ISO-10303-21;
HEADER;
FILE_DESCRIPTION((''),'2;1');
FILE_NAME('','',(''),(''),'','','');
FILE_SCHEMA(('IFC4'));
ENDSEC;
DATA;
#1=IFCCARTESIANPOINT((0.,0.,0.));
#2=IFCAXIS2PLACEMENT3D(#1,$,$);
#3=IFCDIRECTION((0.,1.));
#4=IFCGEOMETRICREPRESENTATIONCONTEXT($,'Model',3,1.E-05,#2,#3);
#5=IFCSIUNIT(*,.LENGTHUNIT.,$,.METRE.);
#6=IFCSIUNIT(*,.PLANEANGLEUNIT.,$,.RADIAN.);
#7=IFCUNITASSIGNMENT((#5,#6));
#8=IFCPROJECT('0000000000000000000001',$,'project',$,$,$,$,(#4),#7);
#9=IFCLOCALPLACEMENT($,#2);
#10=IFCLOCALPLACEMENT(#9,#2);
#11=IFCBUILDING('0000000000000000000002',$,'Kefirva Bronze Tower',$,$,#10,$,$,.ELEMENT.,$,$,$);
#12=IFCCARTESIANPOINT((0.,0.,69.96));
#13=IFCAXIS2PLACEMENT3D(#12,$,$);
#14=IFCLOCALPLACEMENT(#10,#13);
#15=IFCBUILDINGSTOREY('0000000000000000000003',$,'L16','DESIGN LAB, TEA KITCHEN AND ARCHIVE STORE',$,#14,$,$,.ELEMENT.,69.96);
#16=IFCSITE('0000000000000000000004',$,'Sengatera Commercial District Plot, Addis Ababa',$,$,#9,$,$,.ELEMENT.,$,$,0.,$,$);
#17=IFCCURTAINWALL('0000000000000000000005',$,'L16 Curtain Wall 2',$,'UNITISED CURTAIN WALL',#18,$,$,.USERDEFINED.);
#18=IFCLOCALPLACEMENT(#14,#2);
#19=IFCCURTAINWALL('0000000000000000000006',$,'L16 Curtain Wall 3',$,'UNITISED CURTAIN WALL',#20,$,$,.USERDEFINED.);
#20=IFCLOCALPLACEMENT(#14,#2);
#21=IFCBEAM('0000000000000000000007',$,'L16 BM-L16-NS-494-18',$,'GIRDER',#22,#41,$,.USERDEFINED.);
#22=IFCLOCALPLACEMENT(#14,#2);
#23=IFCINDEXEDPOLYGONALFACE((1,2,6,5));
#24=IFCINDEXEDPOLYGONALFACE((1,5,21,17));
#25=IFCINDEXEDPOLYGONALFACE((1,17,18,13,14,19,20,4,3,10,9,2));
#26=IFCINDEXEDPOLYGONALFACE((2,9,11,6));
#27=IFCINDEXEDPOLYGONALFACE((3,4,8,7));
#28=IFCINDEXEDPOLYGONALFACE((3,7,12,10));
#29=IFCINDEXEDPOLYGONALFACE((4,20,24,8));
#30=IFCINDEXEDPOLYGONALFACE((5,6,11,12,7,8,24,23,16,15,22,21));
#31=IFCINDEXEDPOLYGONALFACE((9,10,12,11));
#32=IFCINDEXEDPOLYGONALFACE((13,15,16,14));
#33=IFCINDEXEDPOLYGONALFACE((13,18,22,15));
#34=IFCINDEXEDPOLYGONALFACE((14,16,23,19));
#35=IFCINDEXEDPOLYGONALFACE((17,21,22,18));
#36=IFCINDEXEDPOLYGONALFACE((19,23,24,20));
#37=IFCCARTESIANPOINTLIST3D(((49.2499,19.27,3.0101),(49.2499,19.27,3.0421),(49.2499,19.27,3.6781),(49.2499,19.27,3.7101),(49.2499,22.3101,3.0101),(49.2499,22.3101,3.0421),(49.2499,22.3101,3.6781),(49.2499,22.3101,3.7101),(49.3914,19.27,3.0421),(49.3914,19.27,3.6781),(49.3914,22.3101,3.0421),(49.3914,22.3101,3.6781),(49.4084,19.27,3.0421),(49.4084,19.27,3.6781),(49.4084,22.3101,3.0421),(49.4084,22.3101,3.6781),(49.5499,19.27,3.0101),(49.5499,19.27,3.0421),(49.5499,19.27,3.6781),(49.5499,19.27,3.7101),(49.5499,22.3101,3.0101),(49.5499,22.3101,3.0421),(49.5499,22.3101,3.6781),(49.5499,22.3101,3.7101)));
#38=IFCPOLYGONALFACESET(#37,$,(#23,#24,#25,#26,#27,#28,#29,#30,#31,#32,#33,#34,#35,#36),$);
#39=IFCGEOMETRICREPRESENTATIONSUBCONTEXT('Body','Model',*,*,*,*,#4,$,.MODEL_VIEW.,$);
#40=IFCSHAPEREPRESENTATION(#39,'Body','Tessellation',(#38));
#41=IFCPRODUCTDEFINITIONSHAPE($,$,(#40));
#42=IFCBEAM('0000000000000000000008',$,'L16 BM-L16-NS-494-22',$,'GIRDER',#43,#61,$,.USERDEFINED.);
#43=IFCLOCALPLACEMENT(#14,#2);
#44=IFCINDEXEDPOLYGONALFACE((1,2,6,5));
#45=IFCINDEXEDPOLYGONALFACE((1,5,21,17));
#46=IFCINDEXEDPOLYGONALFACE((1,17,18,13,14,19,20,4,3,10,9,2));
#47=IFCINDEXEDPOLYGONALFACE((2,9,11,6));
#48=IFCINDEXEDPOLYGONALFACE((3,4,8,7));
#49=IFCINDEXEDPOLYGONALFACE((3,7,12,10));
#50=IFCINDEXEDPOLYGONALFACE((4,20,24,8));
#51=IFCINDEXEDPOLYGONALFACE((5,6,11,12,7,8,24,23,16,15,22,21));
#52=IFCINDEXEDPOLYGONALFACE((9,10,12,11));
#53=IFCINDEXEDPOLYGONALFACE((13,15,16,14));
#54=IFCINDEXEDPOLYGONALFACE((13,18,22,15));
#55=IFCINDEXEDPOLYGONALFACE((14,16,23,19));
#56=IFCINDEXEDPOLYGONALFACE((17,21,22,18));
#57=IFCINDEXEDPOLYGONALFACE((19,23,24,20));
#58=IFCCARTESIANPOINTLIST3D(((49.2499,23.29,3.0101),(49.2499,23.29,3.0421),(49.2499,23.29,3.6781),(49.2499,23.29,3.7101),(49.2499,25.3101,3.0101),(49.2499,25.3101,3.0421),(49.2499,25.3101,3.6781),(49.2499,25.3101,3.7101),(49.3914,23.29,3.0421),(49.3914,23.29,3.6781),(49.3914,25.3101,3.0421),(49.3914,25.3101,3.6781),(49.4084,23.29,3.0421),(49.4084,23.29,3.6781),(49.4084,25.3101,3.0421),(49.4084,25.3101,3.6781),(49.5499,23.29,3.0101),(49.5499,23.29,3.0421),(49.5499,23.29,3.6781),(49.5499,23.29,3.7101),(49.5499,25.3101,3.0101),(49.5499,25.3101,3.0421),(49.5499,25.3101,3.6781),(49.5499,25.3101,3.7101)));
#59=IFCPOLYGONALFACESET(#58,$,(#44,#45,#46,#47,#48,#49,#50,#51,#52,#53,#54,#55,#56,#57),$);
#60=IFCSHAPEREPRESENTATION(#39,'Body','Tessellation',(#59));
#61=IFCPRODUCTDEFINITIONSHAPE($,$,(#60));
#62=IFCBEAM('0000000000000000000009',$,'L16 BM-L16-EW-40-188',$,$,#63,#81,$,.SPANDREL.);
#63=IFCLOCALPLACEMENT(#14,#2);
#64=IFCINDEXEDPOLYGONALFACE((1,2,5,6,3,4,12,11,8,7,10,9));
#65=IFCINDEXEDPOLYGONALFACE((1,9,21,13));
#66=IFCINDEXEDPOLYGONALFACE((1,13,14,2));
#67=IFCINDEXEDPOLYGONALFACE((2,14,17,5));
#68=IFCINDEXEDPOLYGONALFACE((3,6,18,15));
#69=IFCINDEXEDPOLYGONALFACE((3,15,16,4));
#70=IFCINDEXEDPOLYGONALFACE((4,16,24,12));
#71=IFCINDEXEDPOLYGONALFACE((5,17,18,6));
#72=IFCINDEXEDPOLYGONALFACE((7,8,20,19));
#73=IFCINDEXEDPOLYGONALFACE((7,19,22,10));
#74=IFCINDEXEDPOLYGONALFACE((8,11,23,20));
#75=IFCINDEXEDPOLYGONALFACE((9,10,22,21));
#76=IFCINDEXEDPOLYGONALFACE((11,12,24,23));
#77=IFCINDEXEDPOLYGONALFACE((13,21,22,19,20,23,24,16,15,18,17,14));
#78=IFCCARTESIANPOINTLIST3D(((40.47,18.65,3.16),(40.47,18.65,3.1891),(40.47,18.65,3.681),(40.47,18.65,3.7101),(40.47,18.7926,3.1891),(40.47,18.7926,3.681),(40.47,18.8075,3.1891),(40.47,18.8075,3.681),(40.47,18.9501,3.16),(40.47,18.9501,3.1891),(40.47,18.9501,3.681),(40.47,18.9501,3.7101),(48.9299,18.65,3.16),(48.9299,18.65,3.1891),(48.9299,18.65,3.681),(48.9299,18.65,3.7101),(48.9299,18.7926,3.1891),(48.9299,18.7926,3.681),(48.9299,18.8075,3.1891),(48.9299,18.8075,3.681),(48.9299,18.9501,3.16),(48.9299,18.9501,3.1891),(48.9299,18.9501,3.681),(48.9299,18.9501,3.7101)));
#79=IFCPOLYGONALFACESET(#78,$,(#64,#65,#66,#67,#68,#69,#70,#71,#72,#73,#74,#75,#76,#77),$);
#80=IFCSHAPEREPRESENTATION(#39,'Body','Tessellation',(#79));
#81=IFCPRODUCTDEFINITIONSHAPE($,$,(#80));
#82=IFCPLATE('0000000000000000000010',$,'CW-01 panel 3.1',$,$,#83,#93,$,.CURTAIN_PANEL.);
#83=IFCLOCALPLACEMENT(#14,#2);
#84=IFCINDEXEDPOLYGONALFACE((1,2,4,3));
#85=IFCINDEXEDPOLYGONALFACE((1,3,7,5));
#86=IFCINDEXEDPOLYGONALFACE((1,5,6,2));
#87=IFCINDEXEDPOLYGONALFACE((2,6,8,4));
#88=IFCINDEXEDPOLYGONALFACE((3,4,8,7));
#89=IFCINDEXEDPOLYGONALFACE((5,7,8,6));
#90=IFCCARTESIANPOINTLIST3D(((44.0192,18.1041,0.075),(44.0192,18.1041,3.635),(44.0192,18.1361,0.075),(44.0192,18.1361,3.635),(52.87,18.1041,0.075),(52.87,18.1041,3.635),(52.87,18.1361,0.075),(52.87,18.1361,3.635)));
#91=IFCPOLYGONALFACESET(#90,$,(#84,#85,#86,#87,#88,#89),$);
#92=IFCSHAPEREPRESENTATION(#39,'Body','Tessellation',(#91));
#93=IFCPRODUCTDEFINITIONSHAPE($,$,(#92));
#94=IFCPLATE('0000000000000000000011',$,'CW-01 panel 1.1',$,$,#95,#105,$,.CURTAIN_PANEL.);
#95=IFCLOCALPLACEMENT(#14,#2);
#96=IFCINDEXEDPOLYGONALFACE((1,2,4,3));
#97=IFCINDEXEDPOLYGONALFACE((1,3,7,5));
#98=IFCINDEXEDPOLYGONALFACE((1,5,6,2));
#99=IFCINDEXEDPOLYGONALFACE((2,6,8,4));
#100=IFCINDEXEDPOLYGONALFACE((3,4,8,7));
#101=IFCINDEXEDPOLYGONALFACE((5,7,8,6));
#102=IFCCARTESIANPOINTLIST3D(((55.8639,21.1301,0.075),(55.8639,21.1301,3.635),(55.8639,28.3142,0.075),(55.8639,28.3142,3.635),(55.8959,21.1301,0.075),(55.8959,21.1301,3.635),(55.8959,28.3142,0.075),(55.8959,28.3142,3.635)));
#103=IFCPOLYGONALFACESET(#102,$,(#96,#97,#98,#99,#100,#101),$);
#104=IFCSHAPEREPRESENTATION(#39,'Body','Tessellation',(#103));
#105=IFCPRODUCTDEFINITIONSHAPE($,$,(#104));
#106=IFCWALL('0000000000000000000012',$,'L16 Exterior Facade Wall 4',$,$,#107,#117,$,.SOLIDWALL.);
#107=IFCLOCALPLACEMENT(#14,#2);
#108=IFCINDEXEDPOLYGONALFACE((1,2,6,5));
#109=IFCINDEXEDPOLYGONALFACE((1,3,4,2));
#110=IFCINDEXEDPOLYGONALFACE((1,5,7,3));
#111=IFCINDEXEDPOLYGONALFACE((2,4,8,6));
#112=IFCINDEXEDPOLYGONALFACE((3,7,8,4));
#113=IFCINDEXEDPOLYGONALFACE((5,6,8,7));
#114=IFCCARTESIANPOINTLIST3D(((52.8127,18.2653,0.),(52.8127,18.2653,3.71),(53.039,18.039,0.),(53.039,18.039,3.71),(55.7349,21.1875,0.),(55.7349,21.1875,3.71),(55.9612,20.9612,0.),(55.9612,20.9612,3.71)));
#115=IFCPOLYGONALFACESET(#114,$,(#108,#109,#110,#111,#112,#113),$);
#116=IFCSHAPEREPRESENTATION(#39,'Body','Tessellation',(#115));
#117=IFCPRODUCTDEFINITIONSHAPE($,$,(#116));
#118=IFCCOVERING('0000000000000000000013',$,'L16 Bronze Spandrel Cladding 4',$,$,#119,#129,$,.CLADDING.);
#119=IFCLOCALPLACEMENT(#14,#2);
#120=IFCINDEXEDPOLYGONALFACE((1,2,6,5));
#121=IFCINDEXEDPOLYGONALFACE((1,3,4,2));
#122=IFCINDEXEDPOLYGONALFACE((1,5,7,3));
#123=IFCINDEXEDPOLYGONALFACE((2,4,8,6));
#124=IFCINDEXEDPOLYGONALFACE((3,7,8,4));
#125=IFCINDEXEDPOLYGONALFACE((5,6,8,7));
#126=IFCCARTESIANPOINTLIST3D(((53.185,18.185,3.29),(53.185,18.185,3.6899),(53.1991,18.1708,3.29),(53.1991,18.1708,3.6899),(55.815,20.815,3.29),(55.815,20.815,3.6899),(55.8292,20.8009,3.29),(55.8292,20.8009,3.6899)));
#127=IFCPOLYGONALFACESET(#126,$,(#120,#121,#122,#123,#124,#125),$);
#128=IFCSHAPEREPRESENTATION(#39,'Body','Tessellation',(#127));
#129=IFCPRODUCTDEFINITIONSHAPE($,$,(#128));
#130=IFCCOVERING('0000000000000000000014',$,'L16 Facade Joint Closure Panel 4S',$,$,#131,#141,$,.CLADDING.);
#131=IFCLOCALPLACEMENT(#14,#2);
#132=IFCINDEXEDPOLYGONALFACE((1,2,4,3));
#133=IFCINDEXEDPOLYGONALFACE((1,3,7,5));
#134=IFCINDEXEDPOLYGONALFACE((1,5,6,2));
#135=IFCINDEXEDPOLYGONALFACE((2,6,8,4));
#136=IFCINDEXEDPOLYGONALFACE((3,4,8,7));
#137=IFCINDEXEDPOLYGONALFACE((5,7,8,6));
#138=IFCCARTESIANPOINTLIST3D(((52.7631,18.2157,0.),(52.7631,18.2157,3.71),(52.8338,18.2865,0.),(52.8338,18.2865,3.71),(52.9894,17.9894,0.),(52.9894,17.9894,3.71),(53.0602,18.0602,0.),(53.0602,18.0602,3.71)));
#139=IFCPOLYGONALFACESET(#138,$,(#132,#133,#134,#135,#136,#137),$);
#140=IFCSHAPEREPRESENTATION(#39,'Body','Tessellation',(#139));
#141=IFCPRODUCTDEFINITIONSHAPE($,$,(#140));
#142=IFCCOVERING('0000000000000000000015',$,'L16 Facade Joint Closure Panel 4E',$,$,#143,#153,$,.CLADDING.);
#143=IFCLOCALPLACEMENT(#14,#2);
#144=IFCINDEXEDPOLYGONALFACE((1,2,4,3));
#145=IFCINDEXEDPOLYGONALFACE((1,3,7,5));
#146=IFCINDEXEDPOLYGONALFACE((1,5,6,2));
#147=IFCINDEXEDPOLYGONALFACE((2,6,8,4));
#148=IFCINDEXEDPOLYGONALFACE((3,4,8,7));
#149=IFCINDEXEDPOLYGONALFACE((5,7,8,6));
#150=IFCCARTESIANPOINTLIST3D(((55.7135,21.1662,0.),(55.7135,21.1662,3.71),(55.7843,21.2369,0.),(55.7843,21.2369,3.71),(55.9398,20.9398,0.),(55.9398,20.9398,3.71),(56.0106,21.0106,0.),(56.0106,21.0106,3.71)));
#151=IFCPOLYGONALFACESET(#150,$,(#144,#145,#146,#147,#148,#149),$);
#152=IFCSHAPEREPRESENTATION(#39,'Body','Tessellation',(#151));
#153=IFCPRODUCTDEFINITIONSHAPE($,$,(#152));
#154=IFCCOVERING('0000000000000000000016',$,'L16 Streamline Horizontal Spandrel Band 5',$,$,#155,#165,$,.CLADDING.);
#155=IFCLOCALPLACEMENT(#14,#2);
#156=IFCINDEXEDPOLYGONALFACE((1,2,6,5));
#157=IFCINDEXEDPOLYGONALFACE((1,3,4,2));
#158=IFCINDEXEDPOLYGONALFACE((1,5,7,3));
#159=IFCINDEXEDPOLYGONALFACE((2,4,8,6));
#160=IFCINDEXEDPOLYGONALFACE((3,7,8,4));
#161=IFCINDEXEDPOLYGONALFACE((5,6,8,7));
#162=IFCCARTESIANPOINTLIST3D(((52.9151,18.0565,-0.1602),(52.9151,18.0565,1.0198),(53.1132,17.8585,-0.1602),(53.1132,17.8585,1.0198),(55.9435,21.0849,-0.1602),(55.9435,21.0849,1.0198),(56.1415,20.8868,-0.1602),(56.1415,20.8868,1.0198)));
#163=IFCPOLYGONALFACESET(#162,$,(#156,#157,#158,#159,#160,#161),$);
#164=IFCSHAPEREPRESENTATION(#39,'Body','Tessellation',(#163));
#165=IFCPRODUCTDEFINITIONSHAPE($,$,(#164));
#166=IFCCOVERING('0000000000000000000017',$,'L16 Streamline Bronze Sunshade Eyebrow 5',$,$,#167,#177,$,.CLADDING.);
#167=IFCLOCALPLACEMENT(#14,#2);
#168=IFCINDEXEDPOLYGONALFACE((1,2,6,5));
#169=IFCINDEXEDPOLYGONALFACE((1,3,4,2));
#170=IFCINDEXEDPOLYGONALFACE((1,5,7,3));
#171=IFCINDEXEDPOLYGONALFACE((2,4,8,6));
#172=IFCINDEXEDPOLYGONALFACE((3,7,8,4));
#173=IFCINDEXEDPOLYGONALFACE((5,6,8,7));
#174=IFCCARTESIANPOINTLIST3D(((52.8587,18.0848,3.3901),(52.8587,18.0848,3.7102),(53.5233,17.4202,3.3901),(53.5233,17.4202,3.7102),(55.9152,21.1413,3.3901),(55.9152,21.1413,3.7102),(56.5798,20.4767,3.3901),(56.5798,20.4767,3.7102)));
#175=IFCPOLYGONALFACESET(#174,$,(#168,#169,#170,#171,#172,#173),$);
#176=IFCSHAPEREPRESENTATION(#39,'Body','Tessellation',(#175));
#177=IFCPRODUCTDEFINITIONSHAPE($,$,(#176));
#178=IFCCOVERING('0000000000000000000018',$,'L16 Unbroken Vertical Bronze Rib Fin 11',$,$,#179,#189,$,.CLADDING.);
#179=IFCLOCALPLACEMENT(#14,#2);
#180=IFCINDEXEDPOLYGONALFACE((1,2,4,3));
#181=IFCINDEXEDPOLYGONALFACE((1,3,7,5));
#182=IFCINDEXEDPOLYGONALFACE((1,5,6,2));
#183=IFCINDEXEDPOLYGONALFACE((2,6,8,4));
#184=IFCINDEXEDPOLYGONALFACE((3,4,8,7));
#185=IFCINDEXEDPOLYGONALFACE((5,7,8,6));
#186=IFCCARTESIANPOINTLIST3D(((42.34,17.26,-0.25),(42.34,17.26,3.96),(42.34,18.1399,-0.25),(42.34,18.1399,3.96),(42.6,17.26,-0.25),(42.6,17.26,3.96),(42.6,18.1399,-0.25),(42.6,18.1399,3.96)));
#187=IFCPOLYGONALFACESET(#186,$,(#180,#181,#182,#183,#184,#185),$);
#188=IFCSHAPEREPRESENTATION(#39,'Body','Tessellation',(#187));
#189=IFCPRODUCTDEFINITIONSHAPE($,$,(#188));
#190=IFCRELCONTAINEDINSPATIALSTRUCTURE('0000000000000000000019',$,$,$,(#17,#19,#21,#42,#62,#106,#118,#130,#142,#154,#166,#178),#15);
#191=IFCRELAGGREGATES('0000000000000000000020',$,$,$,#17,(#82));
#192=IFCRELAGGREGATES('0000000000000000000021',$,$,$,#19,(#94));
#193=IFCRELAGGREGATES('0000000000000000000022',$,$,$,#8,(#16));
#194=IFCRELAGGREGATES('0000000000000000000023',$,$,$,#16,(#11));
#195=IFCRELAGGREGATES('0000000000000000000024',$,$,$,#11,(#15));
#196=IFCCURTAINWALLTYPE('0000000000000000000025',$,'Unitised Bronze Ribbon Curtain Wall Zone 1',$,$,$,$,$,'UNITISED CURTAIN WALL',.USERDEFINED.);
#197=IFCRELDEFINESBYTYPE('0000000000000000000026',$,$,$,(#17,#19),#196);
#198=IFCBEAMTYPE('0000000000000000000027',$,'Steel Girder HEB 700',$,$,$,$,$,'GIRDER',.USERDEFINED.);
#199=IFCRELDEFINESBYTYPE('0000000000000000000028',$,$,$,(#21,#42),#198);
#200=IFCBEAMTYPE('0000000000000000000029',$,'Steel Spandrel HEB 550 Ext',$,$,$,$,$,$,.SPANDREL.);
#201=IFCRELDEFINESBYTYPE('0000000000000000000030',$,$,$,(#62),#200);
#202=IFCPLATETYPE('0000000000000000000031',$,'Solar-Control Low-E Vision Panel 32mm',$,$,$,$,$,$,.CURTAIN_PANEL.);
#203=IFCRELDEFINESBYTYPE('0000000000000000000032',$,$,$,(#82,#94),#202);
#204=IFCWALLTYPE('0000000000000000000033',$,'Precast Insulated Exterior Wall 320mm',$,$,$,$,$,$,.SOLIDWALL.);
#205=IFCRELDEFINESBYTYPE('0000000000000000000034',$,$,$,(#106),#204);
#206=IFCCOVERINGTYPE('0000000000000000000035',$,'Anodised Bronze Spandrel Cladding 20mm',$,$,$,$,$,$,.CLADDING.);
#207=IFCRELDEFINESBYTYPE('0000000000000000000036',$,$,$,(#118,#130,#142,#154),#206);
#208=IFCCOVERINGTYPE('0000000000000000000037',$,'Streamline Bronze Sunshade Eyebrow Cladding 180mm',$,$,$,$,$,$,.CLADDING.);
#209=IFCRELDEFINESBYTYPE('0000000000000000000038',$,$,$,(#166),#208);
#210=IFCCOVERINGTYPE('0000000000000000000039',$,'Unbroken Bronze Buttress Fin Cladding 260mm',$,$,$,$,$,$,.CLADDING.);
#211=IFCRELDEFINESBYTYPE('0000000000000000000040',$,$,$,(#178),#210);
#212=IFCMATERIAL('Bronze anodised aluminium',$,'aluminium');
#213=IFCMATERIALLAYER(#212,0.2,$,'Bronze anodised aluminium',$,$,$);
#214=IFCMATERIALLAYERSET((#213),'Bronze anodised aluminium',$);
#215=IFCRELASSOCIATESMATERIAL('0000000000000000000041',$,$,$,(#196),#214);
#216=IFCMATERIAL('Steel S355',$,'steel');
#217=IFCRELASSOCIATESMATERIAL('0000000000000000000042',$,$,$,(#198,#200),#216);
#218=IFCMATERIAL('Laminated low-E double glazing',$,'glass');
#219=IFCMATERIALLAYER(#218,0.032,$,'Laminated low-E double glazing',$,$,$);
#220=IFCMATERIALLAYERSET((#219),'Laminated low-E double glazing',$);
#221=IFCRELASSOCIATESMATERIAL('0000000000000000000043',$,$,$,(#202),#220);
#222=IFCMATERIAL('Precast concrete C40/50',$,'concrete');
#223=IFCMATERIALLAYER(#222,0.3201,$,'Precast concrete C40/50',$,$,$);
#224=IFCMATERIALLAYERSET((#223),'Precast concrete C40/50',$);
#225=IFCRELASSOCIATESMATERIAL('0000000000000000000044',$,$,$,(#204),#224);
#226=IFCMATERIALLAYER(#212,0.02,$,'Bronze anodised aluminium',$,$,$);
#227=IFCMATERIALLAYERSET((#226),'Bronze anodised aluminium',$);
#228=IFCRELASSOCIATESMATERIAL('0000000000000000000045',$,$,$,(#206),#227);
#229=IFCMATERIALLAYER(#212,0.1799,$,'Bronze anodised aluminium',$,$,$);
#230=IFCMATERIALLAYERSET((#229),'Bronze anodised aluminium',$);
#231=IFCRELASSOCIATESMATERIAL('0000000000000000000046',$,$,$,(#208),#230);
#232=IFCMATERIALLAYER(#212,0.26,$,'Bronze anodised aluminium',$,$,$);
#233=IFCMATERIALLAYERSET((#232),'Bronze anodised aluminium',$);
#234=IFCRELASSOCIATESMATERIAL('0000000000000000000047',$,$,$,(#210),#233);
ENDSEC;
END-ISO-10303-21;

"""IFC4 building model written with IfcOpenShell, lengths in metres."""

from ifc_helpers import new_model, si_unit, direction, frame, frame_2d, origin, origin_2d, place, context, subcontext, project, spatial, rectangle, i_section, extrude, material, layer, layer_set, material_profile, profile_set, type_object, element, aggregate, save


model = new_model("IFC4")

# Units and contexts
model_context = context("Model", 3, precision=1e-05, world=origin(), true_north=direction((0.0, 1.0)))
body_context = subcontext(model_context, "Body", "Model", "MODEL_VIEW")
ifc_project = project(units=[si_unit("LENGTHUNIT", "METRE"), si_unit("PLANEANGLEUNIT", "RADIAN")], contexts=[model_context])

# Site, building, storey
site_placement = place(None, origin())
site = spatial("IfcSite", under=ifc_project, at=site_placement, Name="Sengatera Commercial District Plot, Addis Ababa", CompositionType="ELEMENT", RefElevation=0.0)
building_placement = place(site_placement, origin())
building = spatial("IfcBuilding", under=site, at=building_placement, Name="Kefirva Bronze Tower", CompositionType="ELEMENT")
storey_placement = place(building_placement, frame((0.0, 0.0, 69.96)))
storey = spatial("IfcBuildingStorey", under=building, at=storey_placement, Name="L16", Description="DESIGN LAB, TEA KITCHEN AND ARCHIVE STORE", CompositionType="ELEMENT", Elevation=69.96)

# Curtain wall
ifc_material_1 = material(Name="Bronze anodised aluminium", Category="aluminium")
ifc_layer_1 = layer(ifc_material_1, 0.2, Name="Bronze anodised aluminium")
ifc_layer_set_1 = layer_set([ifc_layer_1], Name="Bronze anodised aluminium")
curtain_wall_type = type_object("IfcCurtainWallType", Name="Unitised Bronze Ribbon Curtain Wall Zone 1", ElementType="UNITISED CURTAIN WALL", PredefinedType="USERDEFINED", material=ifc_layer_set_1)
curtain_wall_1_placement = place(storey_placement, origin())
curtain_wall_1 = element("IfcCurtainWall", 1, at=curtain_wall_1_placement, inside=storey, type_object=curtain_wall_type, Name="L16 Curtain Wall 2", ObjectType="UNITISED CURTAIN WALL", PredefinedType="USERDEFINED")

# Curtain wall
curtain_wall_2_placement = place(storey_placement, origin())
curtain_wall_2 = element("IfcCurtainWall", 2, at=curtain_wall_2_placement, inside=storey, type_object=curtain_wall_type, Name="L16 Curtain Wall 3", ObjectType="UNITISED CURTAIN WALL", PredefinedType="USERDEFINED")

# Beams
ifc_material_2 = material(Name="Steel S355", Category="steel")
ifc_material_profile_1 = material_profile(ifc_material_2, i_section(OverallWidth=0.3, OverallDepth=0.7, WebThickness=0.0171, FlangeThickness=0.032, at=origin_2d()), Name="HEB 700")
ifc_profile_set_1 = profile_set([ifc_material_profile_1], Name="Steel S355")
beam_type_1 = type_object("IfcBeamType", Name="Steel Girder HEB 700", ElementType="GIRDER", PredefinedType="USERDEFINED", material=ifc_profile_set_1)
beam_1_placement = place(storey_placement, frame((49.3999, 19.27, 3.3601), z_axis=(0.0, 1.0, 0.0), x_axis=(-1.0, 0.0, 0.0)))
element("IfcBeam", 3, at=beam_1_placement, inside=storey, type_object=beam_type_1, Name="L16 BM-L16-NS-494-18", ObjectType="GIRDER", PredefinedType="USERDEFINED", context=body_context, shape_type="SweptSolid", body=[
    extrude(i_section(OverallWidth=0.3, OverallDepth=0.7, WebThickness=0.0171, FlangeThickness=0.032, at=origin_2d()), origin(), (0.0, 0.0, 1.0), 3.04),
])
beam_2_placement = place(storey_placement, frame((49.3999, 23.29, 3.3601), z_axis=(0.0, 1.0, 0.0), x_axis=(-1.0, 0.0, 0.0)))
element("IfcBeam", 4, at=beam_2_placement, inside=storey, type_object=beam_type_1, Name="L16 BM-L16-NS-494-22", ObjectType="GIRDER", PredefinedType="USERDEFINED", context=body_context, shape_type="SweptSolid", body=[
    extrude(i_section(OverallWidth=0.3, OverallDepth=0.7, WebThickness=0.0171, FlangeThickness=0.032, at=origin_2d()), origin(), (0.0, 0.0, 1.0), 2.02),
])
ifc_material_profile_2 = material_profile(ifc_material_2, i_section(OverallWidth=0.3, OverallDepth=0.55, WebThickness=0.0149, FlangeThickness=0.0291, at=origin_2d()), Name="HEB 550")
ifc_profile_set_2 = profile_set([ifc_material_profile_2], Name="Steel S355")
beam_type_2 = type_object("IfcBeamType", Name="Steel Spandrel HEB 550 Ext", PredefinedType="SPANDREL", material=ifc_profile_set_2)
beam_3_placement = place(storey_placement, frame((40.47, 18.8, 3.4351), z_axis=(1.0, 0.0, 0.0), x_axis=(0.0, 1.0, 0.0)))
element("IfcBeam", 5, at=beam_3_placement, inside=storey, type_object=beam_type_2, Name="L16 BM-L16-EW-40-188", PredefinedType="SPANDREL", context=body_context, shape_type="SweptSolid", body=[
    extrude(i_section(OverallWidth=0.3, OverallDepth=0.55, WebThickness=0.0149, FlangeThickness=0.0291, at=origin_2d()), origin(), (0.0, 0.0, 1.0), 8.46),
])

# Plates
ifc_material_3 = material(Name="Laminated low-E double glazing", Category="glass")
ifc_layer_2 = layer(ifc_material_3, 0.032, Name="Laminated low-E double glazing")
ifc_layer_set_2 = layer_set([ifc_layer_2], Name="Laminated low-E double glazing")
plate_type = type_object("IfcPlateType", Name="Solar-Control Low-E Vision Panel 32mm", PredefinedType="CURTAIN_PANEL", material=ifc_layer_set_2)
plate_1_placement = place(storey_placement, frame((48.4446, 18.1201, 0.075), z_axis=(0.0, 0.0, 1.0), x_axis=(1.0, 0.0, 0.0)))
plate_1 = element("IfcPlate", 6, at=plate_1_placement, type_object=plate_type, Name="CW-01 panel 3.1", PredefinedType="CURTAIN_PANEL", context=body_context, shape_type="SweptSolid", body=[
    extrude(rectangle(XDim=8.8508, YDim=0.032, at=origin_2d()), origin(), (0.0, 0.0, 1.0), 3.5601),
])
aggregate(curtain_wall_1, [plate_1])
plate_2_placement = place(storey_placement, frame((55.8799, 24.7222, 0.075), z_axis=(0.0, 0.0, 1.0), x_axis=(0.0, 1.0, 0.0)))
plate_2 = element("IfcPlate", 7, at=plate_2_placement, type_object=plate_type, Name="CW-01 panel 1.1", PredefinedType="CURTAIN_PANEL", context=body_context, shape_type="SweptSolid", body=[
    extrude(rectangle(XDim=7.1841, YDim=0.032, at=origin_2d()), origin(), (0.0, 0.0, 1.0), 3.5601),
])
aggregate(curtain_wall_2, [plate_2])

# Wall
ifc_material_4 = material(Name="Precast concrete C40/50", Category="concrete")
ifc_layer_3 = layer(ifc_material_4, 0.3201, Name="Precast concrete C40/50")
ifc_layer_set_3 = layer_set([ifc_layer_3], Name="Precast concrete C40/50")
wall_type = type_object("IfcWallType", Name="Precast Insulated Exterior Wall 320mm", PredefinedType="SOLIDWALL", material=ifc_layer_set_3)
wall_placement = place(storey_placement, frame((52.9258, 18.1521, 0.0), z_axis=(0.0, 0.0, 1.0), x_axis=(0.707107, 0.707107, 0.0)))
element("IfcWall", 8, at=wall_placement, inside=storey, type_object=wall_type, Name="L16 Exterior Facade Wall 4", PredefinedType="SOLIDWALL", context=body_context, shape_type="SweptSolid", body=[
    extrude(rectangle(XDim=4.1326, YDim=0.3201, at=frame_2d((2.0664, 0.0))), origin(), (0.0, 0.0, 1.0), 3.71),
])

# Coverings
ifc_layer_4 = layer(ifc_material_1, 0.02, Name="Bronze anodised aluminium")
ifc_layer_set_4 = layer_set([ifc_layer_4], Name="Bronze anodised aluminium")
covering_type_1 = type_object("IfcCoveringType", Name="Anodised Bronze Spandrel Cladding 20mm", PredefinedType="CLADDING", material=ifc_layer_set_4)
covering_1_placement = place(storey_placement, frame((54.5071, 19.4929, 3.29), z_axis=(0.0, 0.0, 1.0), x_axis=(0.707107, 0.707107, 0.0)))
element("IfcCovering", 9, at=covering_1_placement, inside=storey, type_object=covering_type_1, Name="L16 Bronze Spandrel Cladding 4", PredefinedType="CLADDING", context=body_context, shape_type="SweptSolid", body=[
    extrude(rectangle(XDim=3.7195, YDim=0.02, at=origin_2d()), origin(), (0.0, 0.0, 1.0), 0.3999),
])
for number, where, z_axis, x_axis, name in (
    (10, (52.9116, 18.1379, 0.0), (0.0, 0.0, 1.0), (0.707107, 0.707107, 0.0), "L16 Facade Joint Closure Panel 4S"),
    (11, (55.8621, 21.0884, 0.0), (0.0, 0.0, 1.0), (0.707107, 0.707107, 0.0), "L16 Facade Joint Closure Panel 4E"),
):
    element("IfcCovering", number, at=place(storey_placement, frame(where, z_axis=z_axis, x_axis=x_axis)), inside=storey, type_object=covering_type_1, Name=name, PredefinedType="CLADDING", context=body_context, shape_type="SweptSolid", body=[
        extrude(rectangle(XDim=0.1001, YDim=0.3201, at=origin_2d()), origin(), (0.0, 0.0, 1.0), 3.71),
    ])
covering_2_placement = place(storey_placement, frame((54.5283, 19.4717, -0.1602), z_axis=(0.0, 0.0, 1.0), x_axis=(0.707107, 0.707107, 0.0)))
element("IfcCovering", 12, at=covering_2_placement, inside=storey, type_object=covering_type_1, Name="L16 Streamline Horizontal Spandrel Band 5", PredefinedType="CLADDING", context=body_context, shape_type="SweptSolid", body=[
    extrude(rectangle(XDim=4.2827, YDim=0.28, at=origin_2d()), origin(), (0.0, 0.0, 1.0), 1.1799),
])
ifc_layer_5 = layer(ifc_material_1, 0.1799, Name="Bronze anodised aluminium")
ifc_layer_set_5 = layer_set([ifc_layer_5], Name="Bronze anodised aluminium")
covering_type_2 = type_object("IfcCoveringType", Name="Streamline Bronze Sunshade Eyebrow Cladding 180mm", PredefinedType="CLADDING", material=ifc_layer_set_5)
covering_3_placement = place(storey_placement, frame((54.7192, 19.2808, 3.3901), z_axis=(0.0, 0.0, 1.0), x_axis=(0.707107, 0.707107, 0.0)))
element("IfcCovering", 13, at=covering_3_placement, inside=storey, type_object=covering_type_2, Name="L16 Streamline Bronze Sunshade Eyebrow 5", PredefinedType="CLADDING", context=body_context, shape_type="SweptSolid", body=[
    extrude(rectangle(XDim=4.3225, YDim=0.9399, at=origin_2d()), origin(), (0.0, 0.0, 1.0), 0.3201),
])
ifc_layer_6 = layer(ifc_material_1, 0.26, Name="Bronze anodised aluminium")
ifc_layer_set_6 = layer_set([ifc_layer_6], Name="Bronze anodised aluminium")
covering_type_3 = type_object("IfcCoveringType", Name="Unbroken Bronze Buttress Fin Cladding 260mm", PredefinedType="CLADDING", material=ifc_layer_set_6)
for number, where, z_axis, x_axis, name in (
    (14, (42.47, 17.7, -0.25), (0.0, 0.0, 1.0), (1.0, 0.0, 0.0), "L16 Unbroken Vertical Bronze Rib Fin 11"),
):
    element("IfcCovering", number, at=place(storey_placement, frame(where, z_axis=z_axis, x_axis=x_axis)), inside=storey, type_object=covering_type_3, Name=name, PredefinedType="CLADDING", context=body_context, shape_type="SweptSolid", body=[
        extrude(rectangle(XDim=0.26, YDim=0.8799, at=origin_2d()), origin(), (0.0, 0.0, 1.0), 4.21),
    ])

save(model, "model.ifc")
